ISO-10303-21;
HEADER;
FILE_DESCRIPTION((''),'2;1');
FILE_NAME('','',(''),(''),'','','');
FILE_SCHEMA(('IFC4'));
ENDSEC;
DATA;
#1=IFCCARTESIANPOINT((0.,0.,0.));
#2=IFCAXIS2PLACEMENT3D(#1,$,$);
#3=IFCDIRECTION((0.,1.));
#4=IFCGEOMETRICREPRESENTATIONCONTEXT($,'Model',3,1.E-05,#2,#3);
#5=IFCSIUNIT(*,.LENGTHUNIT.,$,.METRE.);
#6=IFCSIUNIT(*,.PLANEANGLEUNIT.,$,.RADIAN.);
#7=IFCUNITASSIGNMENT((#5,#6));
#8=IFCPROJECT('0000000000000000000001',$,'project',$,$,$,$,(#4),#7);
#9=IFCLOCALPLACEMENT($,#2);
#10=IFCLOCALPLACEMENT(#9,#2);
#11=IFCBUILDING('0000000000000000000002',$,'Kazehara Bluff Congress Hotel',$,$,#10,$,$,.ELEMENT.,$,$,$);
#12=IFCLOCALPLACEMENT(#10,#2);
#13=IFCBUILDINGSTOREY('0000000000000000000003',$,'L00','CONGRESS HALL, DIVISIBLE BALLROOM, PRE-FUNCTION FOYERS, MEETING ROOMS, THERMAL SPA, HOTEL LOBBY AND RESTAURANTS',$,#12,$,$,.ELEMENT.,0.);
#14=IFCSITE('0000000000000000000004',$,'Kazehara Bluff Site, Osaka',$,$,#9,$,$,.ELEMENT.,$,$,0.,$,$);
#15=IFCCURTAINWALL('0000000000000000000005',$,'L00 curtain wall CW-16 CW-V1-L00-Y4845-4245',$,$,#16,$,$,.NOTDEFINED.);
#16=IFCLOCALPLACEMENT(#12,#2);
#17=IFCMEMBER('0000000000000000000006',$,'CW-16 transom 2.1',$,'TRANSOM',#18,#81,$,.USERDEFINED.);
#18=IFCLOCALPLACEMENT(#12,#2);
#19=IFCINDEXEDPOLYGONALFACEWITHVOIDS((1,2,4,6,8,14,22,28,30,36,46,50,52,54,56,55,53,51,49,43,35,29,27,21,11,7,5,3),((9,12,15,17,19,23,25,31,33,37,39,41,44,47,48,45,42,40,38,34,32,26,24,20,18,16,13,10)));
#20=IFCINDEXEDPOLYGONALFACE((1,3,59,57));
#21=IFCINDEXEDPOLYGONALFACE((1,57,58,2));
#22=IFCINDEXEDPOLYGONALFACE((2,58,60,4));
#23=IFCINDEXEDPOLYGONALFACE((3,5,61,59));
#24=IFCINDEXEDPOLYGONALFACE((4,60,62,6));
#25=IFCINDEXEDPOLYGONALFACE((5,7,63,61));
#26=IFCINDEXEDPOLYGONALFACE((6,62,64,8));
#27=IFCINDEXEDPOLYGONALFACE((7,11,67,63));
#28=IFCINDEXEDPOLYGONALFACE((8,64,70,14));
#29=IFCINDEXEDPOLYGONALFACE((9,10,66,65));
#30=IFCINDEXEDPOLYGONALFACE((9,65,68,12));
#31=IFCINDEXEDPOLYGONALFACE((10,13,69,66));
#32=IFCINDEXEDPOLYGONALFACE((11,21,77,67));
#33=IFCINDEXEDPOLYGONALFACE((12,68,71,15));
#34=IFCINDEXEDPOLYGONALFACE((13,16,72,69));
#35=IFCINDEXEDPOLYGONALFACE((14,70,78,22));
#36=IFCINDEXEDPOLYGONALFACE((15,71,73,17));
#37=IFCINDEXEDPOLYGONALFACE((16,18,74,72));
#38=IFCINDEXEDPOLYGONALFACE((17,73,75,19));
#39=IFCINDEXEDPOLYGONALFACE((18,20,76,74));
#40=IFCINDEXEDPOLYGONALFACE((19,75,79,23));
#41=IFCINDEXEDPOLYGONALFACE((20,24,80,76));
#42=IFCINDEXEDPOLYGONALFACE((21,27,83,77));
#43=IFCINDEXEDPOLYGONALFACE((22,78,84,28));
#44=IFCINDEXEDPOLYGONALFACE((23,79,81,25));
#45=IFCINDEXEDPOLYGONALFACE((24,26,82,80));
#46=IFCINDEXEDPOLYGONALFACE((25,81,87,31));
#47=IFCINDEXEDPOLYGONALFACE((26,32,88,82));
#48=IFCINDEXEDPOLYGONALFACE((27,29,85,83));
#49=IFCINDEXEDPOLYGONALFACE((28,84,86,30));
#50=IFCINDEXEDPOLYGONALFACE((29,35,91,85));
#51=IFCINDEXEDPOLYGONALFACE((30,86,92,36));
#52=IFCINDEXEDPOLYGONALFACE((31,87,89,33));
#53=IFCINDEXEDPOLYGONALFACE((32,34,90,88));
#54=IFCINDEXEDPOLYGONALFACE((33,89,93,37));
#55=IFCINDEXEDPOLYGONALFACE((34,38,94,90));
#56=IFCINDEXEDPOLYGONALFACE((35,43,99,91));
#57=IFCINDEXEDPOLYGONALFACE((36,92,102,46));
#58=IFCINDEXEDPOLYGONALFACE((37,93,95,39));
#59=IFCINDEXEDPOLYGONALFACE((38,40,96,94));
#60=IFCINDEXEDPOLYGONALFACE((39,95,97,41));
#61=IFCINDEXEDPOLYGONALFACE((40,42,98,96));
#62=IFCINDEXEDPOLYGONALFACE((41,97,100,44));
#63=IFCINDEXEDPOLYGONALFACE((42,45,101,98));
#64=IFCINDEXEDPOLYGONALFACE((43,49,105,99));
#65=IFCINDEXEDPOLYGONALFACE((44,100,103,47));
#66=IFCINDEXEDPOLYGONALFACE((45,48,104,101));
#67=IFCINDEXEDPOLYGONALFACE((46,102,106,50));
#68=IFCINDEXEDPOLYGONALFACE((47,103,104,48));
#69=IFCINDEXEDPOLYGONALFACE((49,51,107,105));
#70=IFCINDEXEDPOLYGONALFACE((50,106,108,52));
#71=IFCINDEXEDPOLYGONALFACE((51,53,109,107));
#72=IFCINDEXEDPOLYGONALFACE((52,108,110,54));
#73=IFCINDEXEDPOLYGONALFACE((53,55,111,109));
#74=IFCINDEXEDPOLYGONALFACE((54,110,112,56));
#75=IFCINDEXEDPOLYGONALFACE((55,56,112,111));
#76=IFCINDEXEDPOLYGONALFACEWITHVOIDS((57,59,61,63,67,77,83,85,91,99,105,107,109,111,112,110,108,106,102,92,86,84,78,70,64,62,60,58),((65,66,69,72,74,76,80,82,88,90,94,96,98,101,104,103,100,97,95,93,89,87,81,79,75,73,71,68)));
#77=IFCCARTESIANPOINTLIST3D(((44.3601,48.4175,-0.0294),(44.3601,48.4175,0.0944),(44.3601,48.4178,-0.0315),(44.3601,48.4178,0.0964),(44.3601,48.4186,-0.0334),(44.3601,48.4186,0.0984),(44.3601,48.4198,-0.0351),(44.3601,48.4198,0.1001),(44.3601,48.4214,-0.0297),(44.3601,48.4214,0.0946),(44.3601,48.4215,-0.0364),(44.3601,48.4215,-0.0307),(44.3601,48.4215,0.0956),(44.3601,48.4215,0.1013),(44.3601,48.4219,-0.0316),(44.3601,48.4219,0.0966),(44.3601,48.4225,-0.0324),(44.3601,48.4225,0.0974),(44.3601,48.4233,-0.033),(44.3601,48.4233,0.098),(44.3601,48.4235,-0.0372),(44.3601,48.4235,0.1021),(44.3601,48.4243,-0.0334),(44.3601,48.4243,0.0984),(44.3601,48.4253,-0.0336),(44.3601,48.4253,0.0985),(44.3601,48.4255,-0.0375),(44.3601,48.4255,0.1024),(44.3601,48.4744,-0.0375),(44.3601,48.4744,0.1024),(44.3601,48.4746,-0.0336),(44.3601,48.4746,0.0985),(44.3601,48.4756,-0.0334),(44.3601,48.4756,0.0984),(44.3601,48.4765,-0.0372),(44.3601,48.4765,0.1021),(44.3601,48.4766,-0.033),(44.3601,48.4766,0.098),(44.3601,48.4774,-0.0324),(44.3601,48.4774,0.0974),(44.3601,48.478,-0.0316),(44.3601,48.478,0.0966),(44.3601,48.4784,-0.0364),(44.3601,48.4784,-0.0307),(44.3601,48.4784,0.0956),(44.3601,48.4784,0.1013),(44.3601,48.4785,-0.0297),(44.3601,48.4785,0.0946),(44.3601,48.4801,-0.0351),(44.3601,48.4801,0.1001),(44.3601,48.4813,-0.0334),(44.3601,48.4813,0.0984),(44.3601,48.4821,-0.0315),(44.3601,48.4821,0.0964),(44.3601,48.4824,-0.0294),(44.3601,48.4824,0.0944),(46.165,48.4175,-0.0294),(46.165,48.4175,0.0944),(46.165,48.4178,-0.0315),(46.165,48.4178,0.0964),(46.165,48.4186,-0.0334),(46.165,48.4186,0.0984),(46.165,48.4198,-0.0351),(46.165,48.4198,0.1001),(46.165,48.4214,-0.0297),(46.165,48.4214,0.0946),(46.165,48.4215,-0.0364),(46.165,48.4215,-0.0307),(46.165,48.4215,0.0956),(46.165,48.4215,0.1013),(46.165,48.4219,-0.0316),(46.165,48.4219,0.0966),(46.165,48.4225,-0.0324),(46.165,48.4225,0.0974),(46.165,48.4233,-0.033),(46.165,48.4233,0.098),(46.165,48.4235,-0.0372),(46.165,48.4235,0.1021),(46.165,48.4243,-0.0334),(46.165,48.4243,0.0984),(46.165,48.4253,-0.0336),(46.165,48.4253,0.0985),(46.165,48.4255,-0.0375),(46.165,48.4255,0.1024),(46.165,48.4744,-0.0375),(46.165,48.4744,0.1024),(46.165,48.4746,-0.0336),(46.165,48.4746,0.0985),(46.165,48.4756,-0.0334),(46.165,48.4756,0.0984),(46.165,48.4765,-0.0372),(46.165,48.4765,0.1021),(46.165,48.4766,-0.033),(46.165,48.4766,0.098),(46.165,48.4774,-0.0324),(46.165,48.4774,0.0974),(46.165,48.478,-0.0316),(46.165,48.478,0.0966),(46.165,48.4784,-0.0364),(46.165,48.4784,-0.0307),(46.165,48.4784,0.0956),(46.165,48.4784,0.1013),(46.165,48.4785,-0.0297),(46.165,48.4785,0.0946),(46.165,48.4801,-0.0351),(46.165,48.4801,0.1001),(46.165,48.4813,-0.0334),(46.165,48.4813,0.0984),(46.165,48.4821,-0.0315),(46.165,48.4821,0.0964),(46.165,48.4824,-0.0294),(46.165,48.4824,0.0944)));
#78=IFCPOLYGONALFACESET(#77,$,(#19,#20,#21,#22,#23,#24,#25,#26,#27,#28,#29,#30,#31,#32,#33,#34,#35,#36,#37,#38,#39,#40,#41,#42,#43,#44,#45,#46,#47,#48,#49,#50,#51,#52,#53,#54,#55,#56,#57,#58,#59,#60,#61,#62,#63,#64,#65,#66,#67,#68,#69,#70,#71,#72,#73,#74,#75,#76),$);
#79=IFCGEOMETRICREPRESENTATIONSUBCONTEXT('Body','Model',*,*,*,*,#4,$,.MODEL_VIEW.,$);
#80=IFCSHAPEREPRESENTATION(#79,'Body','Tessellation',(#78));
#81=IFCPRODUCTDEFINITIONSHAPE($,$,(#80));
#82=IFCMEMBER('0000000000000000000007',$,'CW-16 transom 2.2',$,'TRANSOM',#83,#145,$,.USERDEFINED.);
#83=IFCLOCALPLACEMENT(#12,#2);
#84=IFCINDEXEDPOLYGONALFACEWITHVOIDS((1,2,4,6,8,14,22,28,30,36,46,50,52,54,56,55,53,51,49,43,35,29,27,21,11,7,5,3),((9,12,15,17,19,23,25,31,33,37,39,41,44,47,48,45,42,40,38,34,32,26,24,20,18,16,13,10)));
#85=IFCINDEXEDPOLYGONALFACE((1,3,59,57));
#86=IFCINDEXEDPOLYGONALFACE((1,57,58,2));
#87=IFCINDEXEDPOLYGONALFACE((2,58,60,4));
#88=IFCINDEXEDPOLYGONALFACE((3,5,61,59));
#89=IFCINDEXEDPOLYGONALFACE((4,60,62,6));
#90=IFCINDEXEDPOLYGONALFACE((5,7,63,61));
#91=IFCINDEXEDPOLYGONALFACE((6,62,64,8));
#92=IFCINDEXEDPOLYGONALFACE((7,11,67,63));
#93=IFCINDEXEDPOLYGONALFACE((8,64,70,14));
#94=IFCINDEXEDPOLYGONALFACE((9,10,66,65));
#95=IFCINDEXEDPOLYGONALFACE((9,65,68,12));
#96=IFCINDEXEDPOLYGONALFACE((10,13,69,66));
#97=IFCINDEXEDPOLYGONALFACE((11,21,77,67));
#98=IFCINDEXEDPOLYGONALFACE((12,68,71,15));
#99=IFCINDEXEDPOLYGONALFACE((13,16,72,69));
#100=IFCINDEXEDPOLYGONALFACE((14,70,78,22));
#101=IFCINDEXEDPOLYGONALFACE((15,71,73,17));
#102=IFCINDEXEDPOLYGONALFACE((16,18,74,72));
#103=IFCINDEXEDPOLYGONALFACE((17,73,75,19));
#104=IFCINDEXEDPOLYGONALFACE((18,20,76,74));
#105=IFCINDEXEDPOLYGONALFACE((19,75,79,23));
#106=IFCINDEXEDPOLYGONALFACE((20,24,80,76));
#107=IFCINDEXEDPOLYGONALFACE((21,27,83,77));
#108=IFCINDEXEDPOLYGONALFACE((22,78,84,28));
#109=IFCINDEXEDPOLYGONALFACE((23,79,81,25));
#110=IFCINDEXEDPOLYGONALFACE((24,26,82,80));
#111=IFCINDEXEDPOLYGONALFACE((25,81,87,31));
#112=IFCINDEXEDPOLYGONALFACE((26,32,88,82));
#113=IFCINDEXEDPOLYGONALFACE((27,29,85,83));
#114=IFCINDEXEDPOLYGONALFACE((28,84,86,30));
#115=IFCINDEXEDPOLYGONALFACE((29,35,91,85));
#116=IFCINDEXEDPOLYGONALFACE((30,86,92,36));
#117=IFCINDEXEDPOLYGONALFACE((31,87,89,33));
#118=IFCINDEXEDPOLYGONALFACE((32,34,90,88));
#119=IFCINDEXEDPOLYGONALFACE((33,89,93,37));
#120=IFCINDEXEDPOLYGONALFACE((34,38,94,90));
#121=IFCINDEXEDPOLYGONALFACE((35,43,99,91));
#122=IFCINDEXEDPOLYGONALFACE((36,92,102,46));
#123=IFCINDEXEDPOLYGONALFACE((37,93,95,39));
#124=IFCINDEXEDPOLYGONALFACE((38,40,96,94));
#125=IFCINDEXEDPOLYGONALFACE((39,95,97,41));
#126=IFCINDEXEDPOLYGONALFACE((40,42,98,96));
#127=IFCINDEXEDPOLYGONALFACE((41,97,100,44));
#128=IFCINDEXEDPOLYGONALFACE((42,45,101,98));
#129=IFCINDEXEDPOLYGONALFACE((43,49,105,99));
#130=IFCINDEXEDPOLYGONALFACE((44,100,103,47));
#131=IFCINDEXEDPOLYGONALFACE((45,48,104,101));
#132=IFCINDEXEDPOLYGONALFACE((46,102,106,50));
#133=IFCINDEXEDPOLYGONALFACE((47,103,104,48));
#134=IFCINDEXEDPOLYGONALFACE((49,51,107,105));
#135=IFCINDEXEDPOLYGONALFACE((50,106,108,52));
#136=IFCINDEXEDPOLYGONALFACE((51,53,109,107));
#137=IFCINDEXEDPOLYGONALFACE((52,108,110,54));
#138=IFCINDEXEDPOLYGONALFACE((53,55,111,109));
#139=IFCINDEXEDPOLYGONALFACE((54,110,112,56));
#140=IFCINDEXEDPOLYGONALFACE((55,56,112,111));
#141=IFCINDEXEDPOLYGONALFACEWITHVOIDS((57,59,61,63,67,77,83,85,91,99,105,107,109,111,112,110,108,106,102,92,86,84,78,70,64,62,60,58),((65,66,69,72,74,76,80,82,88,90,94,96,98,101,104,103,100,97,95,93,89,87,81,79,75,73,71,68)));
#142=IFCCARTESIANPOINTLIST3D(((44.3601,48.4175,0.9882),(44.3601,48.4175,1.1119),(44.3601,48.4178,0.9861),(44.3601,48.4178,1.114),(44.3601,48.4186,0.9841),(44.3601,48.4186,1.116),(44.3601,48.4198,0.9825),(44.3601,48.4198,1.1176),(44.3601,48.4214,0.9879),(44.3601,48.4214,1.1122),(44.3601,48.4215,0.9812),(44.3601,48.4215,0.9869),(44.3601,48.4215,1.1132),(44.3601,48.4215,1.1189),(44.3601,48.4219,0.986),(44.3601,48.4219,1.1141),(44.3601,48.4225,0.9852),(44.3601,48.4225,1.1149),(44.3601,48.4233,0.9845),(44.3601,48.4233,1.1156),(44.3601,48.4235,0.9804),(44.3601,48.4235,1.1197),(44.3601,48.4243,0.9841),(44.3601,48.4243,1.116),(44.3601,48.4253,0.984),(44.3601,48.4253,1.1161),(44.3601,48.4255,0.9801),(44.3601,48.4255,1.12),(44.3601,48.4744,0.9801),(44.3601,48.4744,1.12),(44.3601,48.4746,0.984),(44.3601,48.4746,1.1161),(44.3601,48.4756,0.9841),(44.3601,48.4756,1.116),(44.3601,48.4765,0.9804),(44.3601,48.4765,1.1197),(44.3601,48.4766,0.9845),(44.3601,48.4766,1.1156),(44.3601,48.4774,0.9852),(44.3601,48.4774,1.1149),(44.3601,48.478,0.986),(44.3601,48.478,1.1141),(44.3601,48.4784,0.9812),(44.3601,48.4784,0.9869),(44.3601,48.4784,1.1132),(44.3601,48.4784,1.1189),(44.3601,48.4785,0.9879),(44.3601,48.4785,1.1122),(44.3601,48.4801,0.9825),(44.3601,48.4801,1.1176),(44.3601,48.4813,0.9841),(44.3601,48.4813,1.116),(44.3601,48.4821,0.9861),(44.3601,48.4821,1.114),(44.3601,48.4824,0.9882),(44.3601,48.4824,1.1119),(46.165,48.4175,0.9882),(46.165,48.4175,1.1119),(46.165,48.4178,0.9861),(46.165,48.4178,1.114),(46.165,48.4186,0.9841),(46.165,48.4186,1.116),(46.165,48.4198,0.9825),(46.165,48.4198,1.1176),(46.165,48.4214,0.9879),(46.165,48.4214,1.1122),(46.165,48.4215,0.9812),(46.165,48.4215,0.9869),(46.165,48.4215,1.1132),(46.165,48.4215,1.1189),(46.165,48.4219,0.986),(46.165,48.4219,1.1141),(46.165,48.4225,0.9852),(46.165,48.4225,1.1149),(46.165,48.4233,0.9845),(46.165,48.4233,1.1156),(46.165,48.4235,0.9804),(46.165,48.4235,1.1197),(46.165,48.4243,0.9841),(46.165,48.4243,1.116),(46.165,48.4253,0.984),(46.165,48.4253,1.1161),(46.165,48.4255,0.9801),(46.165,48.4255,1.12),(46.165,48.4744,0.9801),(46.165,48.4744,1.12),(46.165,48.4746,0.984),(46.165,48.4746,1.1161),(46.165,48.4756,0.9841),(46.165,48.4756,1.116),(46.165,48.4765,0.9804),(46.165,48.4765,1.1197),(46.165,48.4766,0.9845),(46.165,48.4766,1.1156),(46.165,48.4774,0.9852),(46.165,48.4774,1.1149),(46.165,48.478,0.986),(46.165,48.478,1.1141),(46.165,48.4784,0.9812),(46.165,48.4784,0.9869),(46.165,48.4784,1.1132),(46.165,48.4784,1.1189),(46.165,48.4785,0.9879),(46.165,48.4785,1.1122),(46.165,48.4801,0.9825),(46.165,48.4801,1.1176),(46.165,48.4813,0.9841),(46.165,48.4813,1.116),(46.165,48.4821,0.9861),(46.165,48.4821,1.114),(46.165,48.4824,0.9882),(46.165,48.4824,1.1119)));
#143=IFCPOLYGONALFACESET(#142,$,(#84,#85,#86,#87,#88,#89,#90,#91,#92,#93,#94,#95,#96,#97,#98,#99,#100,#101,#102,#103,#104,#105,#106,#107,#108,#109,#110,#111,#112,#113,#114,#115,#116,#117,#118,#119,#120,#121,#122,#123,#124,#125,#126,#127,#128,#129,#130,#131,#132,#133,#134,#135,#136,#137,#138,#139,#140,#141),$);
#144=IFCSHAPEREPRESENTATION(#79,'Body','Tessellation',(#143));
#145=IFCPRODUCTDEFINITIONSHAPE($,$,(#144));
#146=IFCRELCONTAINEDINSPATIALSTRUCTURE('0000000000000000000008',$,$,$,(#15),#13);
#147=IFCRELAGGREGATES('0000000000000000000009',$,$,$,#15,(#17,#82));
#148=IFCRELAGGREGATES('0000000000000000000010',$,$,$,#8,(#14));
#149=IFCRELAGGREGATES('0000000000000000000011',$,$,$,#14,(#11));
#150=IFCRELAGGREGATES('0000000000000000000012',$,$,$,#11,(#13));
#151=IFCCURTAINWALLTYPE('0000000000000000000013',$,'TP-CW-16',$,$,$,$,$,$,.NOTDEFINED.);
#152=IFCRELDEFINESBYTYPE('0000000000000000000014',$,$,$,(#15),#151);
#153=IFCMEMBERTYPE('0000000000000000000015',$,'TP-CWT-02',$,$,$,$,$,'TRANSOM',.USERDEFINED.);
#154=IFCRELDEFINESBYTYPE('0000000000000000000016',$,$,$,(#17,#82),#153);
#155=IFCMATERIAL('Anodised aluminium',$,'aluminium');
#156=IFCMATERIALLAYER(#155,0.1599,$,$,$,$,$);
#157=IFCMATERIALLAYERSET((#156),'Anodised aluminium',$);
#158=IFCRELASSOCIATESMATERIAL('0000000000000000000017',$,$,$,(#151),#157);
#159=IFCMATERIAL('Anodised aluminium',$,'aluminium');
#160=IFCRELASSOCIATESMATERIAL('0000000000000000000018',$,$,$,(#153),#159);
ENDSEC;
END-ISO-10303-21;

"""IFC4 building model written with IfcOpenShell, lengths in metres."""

from ifc_helpers import new_model, si_unit, direction, frame, origin, origin_2d, place, context, subcontext, project, spatial, hollow_rectangle, extrude, material, layer, layer_set, material_profile, profile_set, type_object, element, aggregate, save


model = new_model("IFC4")

# Units and contexts
model_context = context("Model", 3, precision=1e-05, world=origin(), true_north=direction((0.0, 1.0)))
body_context = subcontext(model_context, "Body", "Model", "MODEL_VIEW")
ifc_project = project(units=[si_unit("LENGTHUNIT", "METRE"), si_unit("PLANEANGLEUNIT", "RADIAN")], contexts=[model_context])

# Site, building, storey
site_placement = place(None, origin())
site = spatial("IfcSite", under=ifc_project, at=site_placement, Name="Kazehara Bluff Site, Osaka", CompositionType="ELEMENT", RefElevation=0.0)
building_placement = place(site_placement, origin())
building = spatial("IfcBuilding", under=site, at=building_placement, Name="Kazehara Bluff Congress Hotel", CompositionType="ELEMENT")
storey_placement = place(building_placement, origin())
storey = spatial("IfcBuildingStorey", under=building, at=storey_placement, Name="L00", Description="CONGRESS HALL, DIVISIBLE BALLROOM, PRE-FUNCTION FOYERS, MEETING ROOMS, THERMAL SPA, HOTEL LOBBY AND RESTAURANTS", CompositionType="ELEMENT", Elevation=0.0)

# Shared definitions
ifc_material_1 = material(Name="Anodised aluminium", Category="aluminium")
ifc_layer_1 = layer(ifc_material_1, 0.1599)
ifc_layer_set_1 = layer_set([ifc_layer_1], Name="Anodised aluminium")
curtain_wall_type = type_object("IfcCurtainWallType", Name="TP-CW-16", PredefinedType="NOTDEFINED", material=ifc_layer_set_1)

# Curtain wall
curtain_wall_1_placement = place(storey_placement, origin())
curtain_wall_1 = element("IfcCurtainWall", 1, at=curtain_wall_1_placement, inside=storey, type_object=curtain_wall_type, Name="L00 curtain wall CW-16 CW-V1-L00-Y4845-4245", PredefinedType="NOTDEFINED")

# Members
ifc_material_2 = material(Name="Anodised aluminium", Category="aluminium")
ifc_material_profile_1 = material_profile(ifc_material_2, hollow_rectangle(XDim=0.0649, YDim=0.1399, WallThickness=0.0039, InnerFilletRadius=0.0039, OuterFilletRadius=0.0081, at=origin_2d()))
ifc_profile_set_1 = profile_set([ifc_material_profile_1], Name="Anodised aluminium")
member_type_1 = type_object("IfcMemberType", Name="TP-CWT-02", ElementType="TRANSOM", PredefinedType="USERDEFINED", material=ifc_profile_set_1)
member_1_placement = place(storey_placement, frame((44.3601, 48.45, 0.0325), z_axis=(1.0, 0.0, 0.0), x_axis=(0.0, 1.0, 0.0)))
member_1 = element("IfcMember", 2, at=member_1_placement, type_object=member_type_1, Name="CW-16 transom 2.1", ObjectType="TRANSOM", PredefinedType="USERDEFINED", context=body_context, shape_type="SweptSolid", body=[
    extrude(hollow_rectangle(XDim=0.0649, YDim=0.1399, WallThickness=0.0039, InnerFilletRadius=0.0039, OuterFilletRadius=0.0081, at=origin_2d()), origin(), (0.0, 0.0, 1.0), 1.8049),
])
member_2_placement = place(storey_placement, frame((44.3601, 48.45, 1.05), z_axis=(1.0, 0.0, 0.0), x_axis=(0.0, 1.0, 0.0)))
member_2 = element("IfcMember", 3, at=member_2_placement, type_object=member_type_1, Name="CW-16 transom 2.2", ObjectType="TRANSOM", PredefinedType="USERDEFINED", context=body_context, shape_type="SweptSolid", body=[
    extrude(hollow_rectangle(XDim=0.0649, YDim=0.1399, WallThickness=0.0039, InnerFilletRadius=0.0039, OuterFilletRadius=0.0081, at=origin_2d()), origin(), (0.0, 0.0, 1.0), 1.8049),
])

aggregate(curtain_wall_1, [member_1, member_2])

save(model, "model.ifc")
